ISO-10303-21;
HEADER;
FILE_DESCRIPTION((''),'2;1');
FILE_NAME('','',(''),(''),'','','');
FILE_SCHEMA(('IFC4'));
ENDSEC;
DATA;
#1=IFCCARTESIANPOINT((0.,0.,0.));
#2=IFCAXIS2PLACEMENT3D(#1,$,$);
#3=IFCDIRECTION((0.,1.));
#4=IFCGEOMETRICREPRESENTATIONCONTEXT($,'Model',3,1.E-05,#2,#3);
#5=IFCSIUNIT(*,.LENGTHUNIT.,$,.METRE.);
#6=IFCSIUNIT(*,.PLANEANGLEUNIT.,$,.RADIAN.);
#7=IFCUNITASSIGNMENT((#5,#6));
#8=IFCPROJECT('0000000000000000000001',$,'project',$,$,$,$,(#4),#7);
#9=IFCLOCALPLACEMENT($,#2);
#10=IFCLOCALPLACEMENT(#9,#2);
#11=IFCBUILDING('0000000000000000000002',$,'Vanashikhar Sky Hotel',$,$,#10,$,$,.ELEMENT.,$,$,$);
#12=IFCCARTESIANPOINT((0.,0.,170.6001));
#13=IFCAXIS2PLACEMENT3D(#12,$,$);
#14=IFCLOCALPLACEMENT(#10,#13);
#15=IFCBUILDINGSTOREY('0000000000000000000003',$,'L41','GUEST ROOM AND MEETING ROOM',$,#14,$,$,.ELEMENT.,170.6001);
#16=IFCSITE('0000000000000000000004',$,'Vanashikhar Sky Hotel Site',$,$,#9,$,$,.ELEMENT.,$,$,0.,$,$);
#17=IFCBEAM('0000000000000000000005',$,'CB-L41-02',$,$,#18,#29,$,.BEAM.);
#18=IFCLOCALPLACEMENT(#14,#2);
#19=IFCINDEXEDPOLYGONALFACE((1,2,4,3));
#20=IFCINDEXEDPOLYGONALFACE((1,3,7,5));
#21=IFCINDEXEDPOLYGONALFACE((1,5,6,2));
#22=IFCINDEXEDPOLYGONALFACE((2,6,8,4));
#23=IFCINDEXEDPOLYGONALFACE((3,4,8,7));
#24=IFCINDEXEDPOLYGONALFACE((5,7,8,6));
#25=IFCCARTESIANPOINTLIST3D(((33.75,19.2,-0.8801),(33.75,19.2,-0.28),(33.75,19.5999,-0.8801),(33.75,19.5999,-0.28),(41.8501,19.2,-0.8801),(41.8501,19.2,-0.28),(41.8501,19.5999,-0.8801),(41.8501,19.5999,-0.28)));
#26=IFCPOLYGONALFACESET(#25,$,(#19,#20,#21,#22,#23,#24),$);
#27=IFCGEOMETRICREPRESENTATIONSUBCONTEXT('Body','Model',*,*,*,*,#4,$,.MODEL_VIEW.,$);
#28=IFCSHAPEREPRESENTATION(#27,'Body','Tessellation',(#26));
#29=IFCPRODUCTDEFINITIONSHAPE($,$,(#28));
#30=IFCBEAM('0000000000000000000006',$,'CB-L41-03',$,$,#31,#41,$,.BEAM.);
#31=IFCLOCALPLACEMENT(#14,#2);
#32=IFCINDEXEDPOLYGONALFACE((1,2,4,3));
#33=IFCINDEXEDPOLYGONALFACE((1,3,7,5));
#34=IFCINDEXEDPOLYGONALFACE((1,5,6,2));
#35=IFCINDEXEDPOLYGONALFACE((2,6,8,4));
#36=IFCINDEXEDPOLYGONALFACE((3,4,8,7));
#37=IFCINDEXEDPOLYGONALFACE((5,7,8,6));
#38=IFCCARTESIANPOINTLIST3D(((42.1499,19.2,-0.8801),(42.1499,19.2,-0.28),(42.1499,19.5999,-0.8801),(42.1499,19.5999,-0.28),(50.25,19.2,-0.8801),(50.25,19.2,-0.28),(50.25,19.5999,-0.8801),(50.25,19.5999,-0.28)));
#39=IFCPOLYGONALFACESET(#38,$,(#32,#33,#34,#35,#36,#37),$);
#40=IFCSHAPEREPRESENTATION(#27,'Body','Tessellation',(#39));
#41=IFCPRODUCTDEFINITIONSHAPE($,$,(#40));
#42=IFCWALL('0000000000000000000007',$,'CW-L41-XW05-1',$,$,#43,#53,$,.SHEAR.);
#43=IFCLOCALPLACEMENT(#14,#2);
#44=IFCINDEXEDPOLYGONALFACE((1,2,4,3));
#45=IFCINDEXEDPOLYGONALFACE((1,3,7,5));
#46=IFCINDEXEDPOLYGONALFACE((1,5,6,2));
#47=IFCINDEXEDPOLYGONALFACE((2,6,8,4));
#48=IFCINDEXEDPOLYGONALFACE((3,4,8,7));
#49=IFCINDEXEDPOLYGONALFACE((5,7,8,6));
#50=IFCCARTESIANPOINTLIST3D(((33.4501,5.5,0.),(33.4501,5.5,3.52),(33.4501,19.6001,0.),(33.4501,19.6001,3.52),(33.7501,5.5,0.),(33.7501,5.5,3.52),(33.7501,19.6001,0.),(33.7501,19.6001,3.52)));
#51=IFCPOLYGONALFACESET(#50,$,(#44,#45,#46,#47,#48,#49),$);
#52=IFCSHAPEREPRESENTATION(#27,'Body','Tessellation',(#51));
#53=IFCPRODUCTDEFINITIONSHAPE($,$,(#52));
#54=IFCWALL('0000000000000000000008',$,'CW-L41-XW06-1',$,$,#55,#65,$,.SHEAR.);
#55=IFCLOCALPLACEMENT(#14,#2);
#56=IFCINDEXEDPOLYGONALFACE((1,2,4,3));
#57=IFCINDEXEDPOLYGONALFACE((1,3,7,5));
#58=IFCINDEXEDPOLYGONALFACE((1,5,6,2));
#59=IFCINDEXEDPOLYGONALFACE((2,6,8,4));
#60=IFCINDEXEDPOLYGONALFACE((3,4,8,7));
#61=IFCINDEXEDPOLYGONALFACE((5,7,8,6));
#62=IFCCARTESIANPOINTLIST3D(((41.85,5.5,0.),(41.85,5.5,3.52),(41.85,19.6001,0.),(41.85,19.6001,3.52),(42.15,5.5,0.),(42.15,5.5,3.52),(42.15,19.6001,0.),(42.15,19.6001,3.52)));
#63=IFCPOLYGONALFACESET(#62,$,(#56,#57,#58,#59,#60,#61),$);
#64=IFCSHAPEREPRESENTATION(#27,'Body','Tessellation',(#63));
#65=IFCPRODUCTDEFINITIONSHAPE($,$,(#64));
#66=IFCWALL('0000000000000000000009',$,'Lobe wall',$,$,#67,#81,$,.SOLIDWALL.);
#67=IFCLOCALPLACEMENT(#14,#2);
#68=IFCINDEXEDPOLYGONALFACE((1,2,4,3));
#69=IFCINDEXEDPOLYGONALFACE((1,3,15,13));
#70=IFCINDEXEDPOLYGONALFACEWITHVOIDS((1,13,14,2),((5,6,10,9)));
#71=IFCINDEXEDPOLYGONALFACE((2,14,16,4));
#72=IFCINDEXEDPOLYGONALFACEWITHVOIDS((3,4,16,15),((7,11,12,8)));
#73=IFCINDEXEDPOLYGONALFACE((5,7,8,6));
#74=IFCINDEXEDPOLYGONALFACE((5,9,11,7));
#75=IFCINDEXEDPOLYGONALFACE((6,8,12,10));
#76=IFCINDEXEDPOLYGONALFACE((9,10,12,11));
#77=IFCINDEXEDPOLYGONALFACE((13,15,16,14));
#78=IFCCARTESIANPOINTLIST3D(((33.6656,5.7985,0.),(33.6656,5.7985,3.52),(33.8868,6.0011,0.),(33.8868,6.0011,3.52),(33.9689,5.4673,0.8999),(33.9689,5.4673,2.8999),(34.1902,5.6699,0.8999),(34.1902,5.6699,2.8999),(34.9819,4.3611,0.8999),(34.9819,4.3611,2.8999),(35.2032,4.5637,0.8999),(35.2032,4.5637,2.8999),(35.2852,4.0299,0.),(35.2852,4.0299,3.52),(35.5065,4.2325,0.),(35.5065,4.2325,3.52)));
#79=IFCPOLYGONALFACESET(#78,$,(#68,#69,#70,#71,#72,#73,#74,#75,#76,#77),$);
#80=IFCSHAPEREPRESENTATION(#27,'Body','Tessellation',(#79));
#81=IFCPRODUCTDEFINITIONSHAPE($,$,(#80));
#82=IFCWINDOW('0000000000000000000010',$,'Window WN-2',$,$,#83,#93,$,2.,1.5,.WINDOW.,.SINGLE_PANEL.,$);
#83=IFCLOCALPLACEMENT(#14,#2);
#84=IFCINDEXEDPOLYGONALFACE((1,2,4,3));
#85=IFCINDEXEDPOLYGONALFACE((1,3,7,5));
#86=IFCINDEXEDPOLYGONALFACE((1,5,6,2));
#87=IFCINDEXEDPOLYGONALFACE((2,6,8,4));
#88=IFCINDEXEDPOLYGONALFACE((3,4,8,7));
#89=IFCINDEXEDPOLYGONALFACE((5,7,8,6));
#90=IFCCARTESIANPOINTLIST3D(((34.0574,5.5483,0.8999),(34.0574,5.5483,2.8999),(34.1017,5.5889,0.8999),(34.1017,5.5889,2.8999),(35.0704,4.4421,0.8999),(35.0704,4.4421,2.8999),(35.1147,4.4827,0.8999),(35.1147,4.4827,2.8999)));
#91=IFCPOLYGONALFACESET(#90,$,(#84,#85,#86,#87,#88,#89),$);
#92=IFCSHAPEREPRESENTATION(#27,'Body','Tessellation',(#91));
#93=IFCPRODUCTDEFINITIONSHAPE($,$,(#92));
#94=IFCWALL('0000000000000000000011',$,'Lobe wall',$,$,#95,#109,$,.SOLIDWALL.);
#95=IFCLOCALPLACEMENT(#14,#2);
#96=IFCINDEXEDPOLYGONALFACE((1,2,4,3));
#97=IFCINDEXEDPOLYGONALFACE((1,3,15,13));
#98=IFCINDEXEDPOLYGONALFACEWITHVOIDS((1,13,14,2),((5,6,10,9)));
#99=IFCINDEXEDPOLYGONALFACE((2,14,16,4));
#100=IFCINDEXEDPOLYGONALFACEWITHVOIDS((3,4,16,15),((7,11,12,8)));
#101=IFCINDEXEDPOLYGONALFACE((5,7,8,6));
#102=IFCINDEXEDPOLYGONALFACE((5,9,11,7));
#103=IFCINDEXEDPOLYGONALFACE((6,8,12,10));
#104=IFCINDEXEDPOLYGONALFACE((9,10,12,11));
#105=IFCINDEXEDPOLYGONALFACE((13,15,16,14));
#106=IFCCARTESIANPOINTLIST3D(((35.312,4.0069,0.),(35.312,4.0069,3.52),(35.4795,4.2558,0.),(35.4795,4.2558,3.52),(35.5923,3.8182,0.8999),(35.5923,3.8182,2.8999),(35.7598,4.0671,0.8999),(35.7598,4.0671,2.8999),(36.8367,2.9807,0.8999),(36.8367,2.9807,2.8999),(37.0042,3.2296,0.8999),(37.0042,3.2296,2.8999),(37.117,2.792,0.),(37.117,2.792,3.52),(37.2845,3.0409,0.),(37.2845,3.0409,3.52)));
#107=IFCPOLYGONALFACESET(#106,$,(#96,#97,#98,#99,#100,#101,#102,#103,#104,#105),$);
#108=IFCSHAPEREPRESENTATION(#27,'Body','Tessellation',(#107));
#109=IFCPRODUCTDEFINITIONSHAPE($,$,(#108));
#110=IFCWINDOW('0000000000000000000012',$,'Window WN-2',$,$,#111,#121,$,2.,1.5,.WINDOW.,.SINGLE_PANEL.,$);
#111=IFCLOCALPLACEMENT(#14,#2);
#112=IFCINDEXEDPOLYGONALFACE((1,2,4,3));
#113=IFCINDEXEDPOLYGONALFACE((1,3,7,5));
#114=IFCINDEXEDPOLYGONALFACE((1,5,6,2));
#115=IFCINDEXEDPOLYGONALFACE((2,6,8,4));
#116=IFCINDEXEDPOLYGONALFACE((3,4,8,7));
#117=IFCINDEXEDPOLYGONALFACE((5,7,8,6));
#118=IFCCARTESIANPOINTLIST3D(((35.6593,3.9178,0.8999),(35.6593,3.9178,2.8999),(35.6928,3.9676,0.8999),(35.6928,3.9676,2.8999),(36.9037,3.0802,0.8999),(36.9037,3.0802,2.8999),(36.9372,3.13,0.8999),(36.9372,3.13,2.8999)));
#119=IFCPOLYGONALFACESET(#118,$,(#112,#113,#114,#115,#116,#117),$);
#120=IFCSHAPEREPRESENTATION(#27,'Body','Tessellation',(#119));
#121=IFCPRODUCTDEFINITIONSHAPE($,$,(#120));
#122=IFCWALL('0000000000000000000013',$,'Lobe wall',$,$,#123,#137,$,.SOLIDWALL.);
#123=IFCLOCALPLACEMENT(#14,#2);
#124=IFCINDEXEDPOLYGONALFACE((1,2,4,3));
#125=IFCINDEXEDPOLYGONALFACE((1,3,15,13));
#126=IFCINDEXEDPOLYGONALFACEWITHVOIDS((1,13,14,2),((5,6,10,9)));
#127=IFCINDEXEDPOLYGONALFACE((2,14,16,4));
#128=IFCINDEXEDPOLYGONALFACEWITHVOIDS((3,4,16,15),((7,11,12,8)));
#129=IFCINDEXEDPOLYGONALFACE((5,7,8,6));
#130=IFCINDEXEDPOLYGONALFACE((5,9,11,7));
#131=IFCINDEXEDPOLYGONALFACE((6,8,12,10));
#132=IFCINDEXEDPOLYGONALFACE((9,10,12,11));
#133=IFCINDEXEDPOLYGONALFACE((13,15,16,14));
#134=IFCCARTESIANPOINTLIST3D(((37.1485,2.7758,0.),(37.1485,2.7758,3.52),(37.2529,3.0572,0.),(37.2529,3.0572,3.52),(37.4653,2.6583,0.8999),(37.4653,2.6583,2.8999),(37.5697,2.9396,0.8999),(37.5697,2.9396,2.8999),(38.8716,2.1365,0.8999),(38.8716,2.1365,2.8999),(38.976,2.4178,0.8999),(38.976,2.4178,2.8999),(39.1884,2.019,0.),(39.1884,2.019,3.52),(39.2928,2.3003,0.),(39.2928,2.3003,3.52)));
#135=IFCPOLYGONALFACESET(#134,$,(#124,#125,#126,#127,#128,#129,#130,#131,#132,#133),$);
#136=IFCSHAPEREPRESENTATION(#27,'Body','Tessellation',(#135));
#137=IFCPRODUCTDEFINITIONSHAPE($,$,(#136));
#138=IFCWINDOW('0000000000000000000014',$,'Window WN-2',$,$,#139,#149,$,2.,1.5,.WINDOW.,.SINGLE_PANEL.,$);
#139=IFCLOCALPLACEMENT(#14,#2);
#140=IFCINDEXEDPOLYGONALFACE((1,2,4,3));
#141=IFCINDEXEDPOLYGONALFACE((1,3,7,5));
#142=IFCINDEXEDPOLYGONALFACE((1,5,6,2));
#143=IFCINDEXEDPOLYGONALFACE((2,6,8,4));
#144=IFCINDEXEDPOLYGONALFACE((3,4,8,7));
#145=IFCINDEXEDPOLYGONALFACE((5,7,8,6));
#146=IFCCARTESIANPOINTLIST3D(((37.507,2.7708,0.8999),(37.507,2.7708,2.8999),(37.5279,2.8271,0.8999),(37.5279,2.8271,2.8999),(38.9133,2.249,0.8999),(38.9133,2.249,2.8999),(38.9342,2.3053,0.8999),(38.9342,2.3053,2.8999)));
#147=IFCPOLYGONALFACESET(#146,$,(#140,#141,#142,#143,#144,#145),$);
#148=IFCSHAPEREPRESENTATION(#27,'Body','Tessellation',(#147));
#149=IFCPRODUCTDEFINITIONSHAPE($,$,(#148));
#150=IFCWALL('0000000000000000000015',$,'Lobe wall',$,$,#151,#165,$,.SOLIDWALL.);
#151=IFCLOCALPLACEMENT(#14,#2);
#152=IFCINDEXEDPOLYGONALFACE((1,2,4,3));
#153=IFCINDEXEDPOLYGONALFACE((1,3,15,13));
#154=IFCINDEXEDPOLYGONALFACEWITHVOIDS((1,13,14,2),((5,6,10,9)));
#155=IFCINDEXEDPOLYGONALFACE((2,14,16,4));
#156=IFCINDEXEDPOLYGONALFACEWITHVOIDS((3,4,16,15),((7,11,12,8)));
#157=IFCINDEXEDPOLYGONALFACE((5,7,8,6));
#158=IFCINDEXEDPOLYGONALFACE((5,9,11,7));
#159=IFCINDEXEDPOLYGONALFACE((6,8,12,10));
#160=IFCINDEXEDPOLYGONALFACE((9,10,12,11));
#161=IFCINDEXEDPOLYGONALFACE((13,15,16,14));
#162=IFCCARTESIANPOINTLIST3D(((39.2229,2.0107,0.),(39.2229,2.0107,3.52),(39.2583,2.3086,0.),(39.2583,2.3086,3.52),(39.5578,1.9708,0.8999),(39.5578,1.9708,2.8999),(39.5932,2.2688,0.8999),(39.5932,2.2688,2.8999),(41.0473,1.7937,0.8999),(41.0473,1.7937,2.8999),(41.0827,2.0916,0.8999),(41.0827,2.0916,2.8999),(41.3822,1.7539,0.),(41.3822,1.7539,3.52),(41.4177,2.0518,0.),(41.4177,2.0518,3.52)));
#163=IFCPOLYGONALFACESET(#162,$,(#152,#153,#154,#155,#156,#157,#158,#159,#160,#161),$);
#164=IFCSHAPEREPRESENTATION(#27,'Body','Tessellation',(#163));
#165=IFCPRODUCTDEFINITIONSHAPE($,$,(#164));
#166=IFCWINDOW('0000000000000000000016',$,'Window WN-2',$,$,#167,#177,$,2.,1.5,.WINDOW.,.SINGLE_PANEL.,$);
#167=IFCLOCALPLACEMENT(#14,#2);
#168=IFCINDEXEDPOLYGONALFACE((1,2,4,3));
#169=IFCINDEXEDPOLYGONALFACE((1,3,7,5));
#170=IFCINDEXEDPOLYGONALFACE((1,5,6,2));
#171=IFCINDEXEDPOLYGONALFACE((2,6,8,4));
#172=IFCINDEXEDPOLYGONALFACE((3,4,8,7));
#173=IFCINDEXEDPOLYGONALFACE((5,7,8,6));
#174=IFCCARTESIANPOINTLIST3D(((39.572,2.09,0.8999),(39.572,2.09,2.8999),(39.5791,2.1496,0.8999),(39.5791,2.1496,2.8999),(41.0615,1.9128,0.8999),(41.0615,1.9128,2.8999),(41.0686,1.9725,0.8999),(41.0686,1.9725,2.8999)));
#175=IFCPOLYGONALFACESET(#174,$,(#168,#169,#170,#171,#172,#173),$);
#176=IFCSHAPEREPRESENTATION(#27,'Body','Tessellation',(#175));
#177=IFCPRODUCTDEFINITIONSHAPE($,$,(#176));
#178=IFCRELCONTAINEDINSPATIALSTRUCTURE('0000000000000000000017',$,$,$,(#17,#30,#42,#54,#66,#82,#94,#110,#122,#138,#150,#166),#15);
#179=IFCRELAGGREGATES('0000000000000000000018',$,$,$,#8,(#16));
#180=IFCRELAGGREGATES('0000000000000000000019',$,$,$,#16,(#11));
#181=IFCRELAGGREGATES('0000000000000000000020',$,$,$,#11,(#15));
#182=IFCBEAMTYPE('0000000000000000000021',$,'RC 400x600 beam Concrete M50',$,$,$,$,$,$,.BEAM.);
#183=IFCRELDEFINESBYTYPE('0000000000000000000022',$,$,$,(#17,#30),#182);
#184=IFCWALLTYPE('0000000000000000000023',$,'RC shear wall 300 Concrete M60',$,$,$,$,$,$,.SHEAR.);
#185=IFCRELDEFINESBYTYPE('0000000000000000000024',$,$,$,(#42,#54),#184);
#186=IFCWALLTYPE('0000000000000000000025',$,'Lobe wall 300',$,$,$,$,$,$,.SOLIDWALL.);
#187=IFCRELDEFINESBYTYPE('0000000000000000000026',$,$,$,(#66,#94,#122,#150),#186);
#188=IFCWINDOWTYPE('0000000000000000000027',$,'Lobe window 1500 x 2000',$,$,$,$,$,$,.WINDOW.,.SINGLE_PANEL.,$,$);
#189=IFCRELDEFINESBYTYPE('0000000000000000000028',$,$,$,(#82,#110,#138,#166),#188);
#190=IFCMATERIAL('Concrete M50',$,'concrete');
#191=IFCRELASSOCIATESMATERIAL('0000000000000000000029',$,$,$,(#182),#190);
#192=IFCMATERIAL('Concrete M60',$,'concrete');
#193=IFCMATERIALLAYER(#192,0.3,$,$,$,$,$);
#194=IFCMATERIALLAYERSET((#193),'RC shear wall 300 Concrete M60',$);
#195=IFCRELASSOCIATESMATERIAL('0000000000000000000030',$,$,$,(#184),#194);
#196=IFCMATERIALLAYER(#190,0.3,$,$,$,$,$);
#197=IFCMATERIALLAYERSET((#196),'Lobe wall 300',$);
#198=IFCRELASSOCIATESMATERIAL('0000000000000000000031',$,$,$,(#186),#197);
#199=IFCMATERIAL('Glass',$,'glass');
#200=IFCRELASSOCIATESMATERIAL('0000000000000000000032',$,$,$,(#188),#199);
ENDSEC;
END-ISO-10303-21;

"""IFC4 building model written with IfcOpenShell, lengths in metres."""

from ifc_helpers import new_model, si_unit, direction, frame, frame_2d, origin, origin_2d, place, context, subcontext, project, spatial, rectangle, extrude, source, transform, mapped, material, layer, layer_set, material_profile, profile_set, type_object, element, fill, save


model = new_model("IFC4")

# Units and contexts
model_context = context("Model", 3, precision=1e-05, world=origin(), true_north=direction((0.0, 1.0)))
body_context = subcontext(model_context, "Body", "Model", "MODEL_VIEW")
ifc_project = project(units=[si_unit("LENGTHUNIT", "METRE"), si_unit("PLANEANGLEUNIT", "RADIAN")], contexts=[model_context])

# Site, building, storey
site_placement = place(None, origin())
site = spatial("IfcSite", under=ifc_project, at=site_placement, Name="Vanashikhar Sky Hotel Site", CompositionType="ELEMENT", RefElevation=0.0)
building_placement = place(site_placement, origin())
building = spatial("IfcBuilding", under=site, at=building_placement, Name="Vanashikhar Sky Hotel", CompositionType="ELEMENT")
storey_placement = place(building_placement, frame((0.0, 0.0, 170.6001)))
storey = spatial("IfcBuildingStorey", under=building, at=storey_placement, Name="L41", Description="GUEST ROOM AND MEETING ROOM", CompositionType="ELEMENT", Elevation=170.6001)

# Beams
ifc_material_1 = material(Name="Concrete M50", Category="concrete")
ifc_material_profile_1 = material_profile(ifc_material_1, rectangle(XDim=0.3999, YDim=0.6001, at=origin_2d()))
ifc_profile_set_1 = profile_set([ifc_material_profile_1], Name="RC 400x600 beam Concrete M50")
beam_type = type_object("IfcBeamType", Name="RC 400x600 beam Concrete M50", PredefinedType="BEAM", material=ifc_profile_set_1)
shared_shape_1 = source(origin(), body_context, "Body", "SweptSolid", [
    extrude(rectangle(XDim=0.3999, YDim=0.6001, at=origin_2d()), origin(), (0.0, 0.0, 1.0), 8.1001),
])
for number, where, z_axis, x_axis, name in (
    (1, (33.75, 19.3999, -0.5801), (1.0, 0.0, 0.0), (0.0, 1.0, 0.0), "CB-L41-02"),
    (2, (42.1499, 19.3999, -0.5801), (1.0, 0.0, 0.0), (0.0, 1.0, 0.0), "CB-L41-03"),
):
    element("IfcBeam", number, at=place(storey_placement, frame(where, z_axis=z_axis, x_axis=x_axis)), inside=storey, type_object=beam_type, Name=name, PredefinedType="BEAM", context=body_context, shape_type="MappedRepresentation", body=[
        mapped(shared_shape_1, transform((0.0, 0.0, 0.0), scale=1.0)),
    ])

# Walls
ifc_material_2 = material(Name="Concrete M60", Category="concrete")
ifc_layer_1 = layer(ifc_material_2, 0.3)
ifc_layer_set_1 = layer_set([ifc_layer_1], Name="RC shear wall 300 Concrete M60")
wall_type_1 = type_object("IfcWallType", Name="RC shear wall 300 Concrete M60", PredefinedType="SHEAR", material=ifc_layer_set_1)
shared_shape_2 = source(origin(), body_context, "Body", "SweptSolid", [
    extrude(rectangle(XDim=14.1001, YDim=0.3, at=frame_2d((7.05, 0.0))), origin(), (0.0, 0.0, 1.0), 3.52),
])
for number, where, z_axis, x_axis, name in (
    (3, (33.6001, 5.5, 0.0), (0.0, 0.0, 1.0), (0.0, 1.0, 0.0), "CW-L41-XW05-1"),
    (4, (42.0, 5.5, 0.0), (0.0, 0.0, 1.0), (0.0, 1.0, 0.0), "CW-L41-XW06-1"),
):
    element("IfcWall", number, at=place(storey_placement, frame(where, z_axis=z_axis, x_axis=x_axis)), inside=storey, type_object=wall_type_1, Name=name, PredefinedType="SHEAR", context=body_context, shape_type="MappedRepresentation", body=[
        mapped(shared_shape_2, transform((0.0, 0.0, 0.0), scale=1.0)),
    ])

# Walls, openings, windows
ifc_layer_2 = layer(ifc_material_1, 0.3)
ifc_layer_set_2 = layer_set([ifc_layer_2], Name="Lobe wall 300")
wall_type_2 = type_object("IfcWallType", Name="Lobe wall 300", PredefinedType="SOLIDWALL", material=ifc_layer_set_2)
shared_shape_3 = source(origin(), body_context, "Body", "SweptSolid", [
    extrude(rectangle(XDim=2.3982, YDim=0.3, at=frame_2d((1.1992, 0.0))), origin(), (0.0, 0.0, 1.0), 3.52),
])
wall_1_placement = place(storey_placement, frame((33.7761, 5.8999, 0.0), z_axis=(0.0, 0.0, 1.0), x_axis=(0.675374, -0.737475, 0.0)))
wall_1 = element("IfcWall", 5, at=wall_1_placement, inside=storey, type_object=wall_type_2, Name="Lobe wall", PredefinedType="SOLIDWALL", context=body_context, shape_type="MappedRepresentation", body=[
    mapped(shared_shape_3, transform((0.0, 0.0, 0.0), scale=1.0)),
])
shared_shape_4 = source(origin(), body_context, "Body", "SweptSolid", [
    extrude(rectangle(XDim=1.5, YDim=2.0, at=frame_2d((0.75, 1.0))), frame((0.0, 0.1602, 0.0), z_axis=(0.0, -1.0, 0.0), x_axis=(1.0, 0.0, 0.0)), (0.0, 0.0, 1.0), 0.3201),
])
opening_1_placement = place(wall_1_placement, frame((0.4492, 0.0, 0.8999)))
opening_1 = element("IfcOpeningElement", 6, at=opening_1_placement, cuts=wall_1, PredefinedType="OPENING", context=body_context, shape_type="MappedRepresentation", body=[
    mapped(shared_shape_4, transform((0.0, 0.0, 0.0), scale=1.0)),
])
ifc_material_3 = material(Name="Glass", Category="glass")
window_type = type_object("IfcWindowType", Name="Lobe window 1500 x 2000", PartitioningType="SINGLE_PANEL", PredefinedType="WINDOW", material=ifc_material_3)
shared_shape_5 = source(origin(), body_context, "Body", "SweptSolid", [
    extrude(rectangle(XDim=1.5, YDim=2.0, at=frame_2d((0.75, 1.0))), frame((0.0, 0.03, 0.0), z_axis=(0.0, -1.0, 0.0), x_axis=(1.0, 0.0, 0.0)), (0.0, 0.0, 1.0), 0.0601),
])
window_1_placement = place(opening_1_placement, origin())
window_1 = element("IfcWindow", 7, at=window_1_placement, inside=storey, type_object=window_type, Name="Window WN-2", OverallHeight=2.0, OverallWidth=1.5, PartitioningType="SINGLE_PANEL", PredefinedType="WINDOW", context=body_context, shape_type="MappedRepresentation", body=[
    mapped(shared_shape_5, transform((0.0, 0.0, 0.0), scale=1.0)),
])
fill(opening_1, window_1)
shared_shape_6 = source(origin(), body_context, "Body", "SweptSolid", [
    extrude(rectangle(XDim=2.1758, YDim=0.3, at=frame_2d((1.0879, 0.0))), origin(), (0.0, 0.0, 1.0), 3.52),
])
wall_2_placement = place(storey_placement, frame((35.3958, 4.1313, 0.0), z_axis=(0.0, 0.0, 1.0), x_axis=(0.829591, -0.558372, 0.0)))
wall_2 = element("IfcWall", 8, at=wall_2_placement, inside=storey, type_object=wall_type_2, Name="Lobe wall", PredefinedType="SOLIDWALL", context=body_context, shape_type="MappedRepresentation", body=[
    mapped(shared_shape_6, transform((0.0, 0.0, 0.0), scale=1.0)),
])
opening_2_placement = place(wall_2_placement, frame((0.3379, 0.0, 0.8999)))
opening_2 = element("IfcOpeningElement", 9, at=opening_2_placement, cuts=wall_2, PredefinedType="OPENING", context=body_context, shape_type="MappedRepresentation", body=[
    mapped(shared_shape_4, transform((0.0, 0.0, 0.0), scale=1.0)),
])
window_2_placement = place(opening_2_placement, origin())
window_2 = element("IfcWindow", 10, at=window_2_placement, inside=storey, type_object=window_type, Name="Window WN-2", OverallHeight=2.0, OverallWidth=1.5, PartitioningType="SINGLE_PANEL", PredefinedType="WINDOW", context=body_context, shape_type="MappedRepresentation", body=[
    mapped(shared_shape_5, transform((0.0, 0.0, 0.0), scale=1.0)),
])
fill(opening_2, window_2)
wall_3_placement = place(storey_placement, frame((37.2007, 2.9165, 0.0), z_axis=(0.0, 0.0, 1.0), x_axis=(0.937546, -0.347863, 0.0)))
wall_3 = element("IfcWall", 11, at=wall_3_placement, inside=storey, type_object=wall_type_2, Name="Lobe wall", PredefinedType="SOLIDWALL", context=body_context, shape_type="MappedRepresentation", body=[
    mapped(shared_shape_6, transform((0.0, 0.0, 0.0), scale=1.0)),
])
opening_3_placement = place(wall_3_placement, frame((0.3379, 0.0, 0.8999)))
opening_3 = element("IfcOpeningElement", 12, at=opening_3_placement, cuts=wall_3, PredefinedType="OPENING", context=body_context, shape_type="MappedRepresentation", body=[
    mapped(shared_shape_4, transform((0.0, 0.0, 0.0), scale=1.0)),
])
window_3_placement = place(opening_3_placement, origin())
window_3 = element("IfcWindow", 13, at=window_3_placement, inside=storey, type_object=window_type, Name="Window WN-2", OverallHeight=2.0, OverallWidth=1.5, PartitioningType="SINGLE_PANEL", PredefinedType="WINDOW", context=body_context, shape_type="MappedRepresentation", body=[
    mapped(shared_shape_5, transform((0.0, 0.0, 0.0), scale=1.0)),
])
fill(opening_3, window_3)
shared_shape_7 = source(origin(), body_context, "Body", "SweptSolid", [
    extrude(rectangle(XDim=2.1746, YDim=0.3, at=frame_2d((1.0874, 0.0))), origin(), (0.0, 0.0, 1.0), 3.52),
])
wall_4_placement = place(storey_placement, frame((39.2405, 2.1597, 0.0), z_axis=(0.0, 0.0, 1.0), x_axis=(0.993001, -0.118105, 0.0)))
wall_4 = element("IfcWall", 14, at=wall_4_placement, inside=storey, type_object=wall_type_2, Name="Lobe wall", PredefinedType="SOLIDWALL", context=body_context, shape_type="MappedRepresentation", body=[
    mapped(shared_shape_7, transform((0.0, 0.0, 0.0), scale=1.0)),
])
opening_4_placement = place(wall_4_placement, frame((0.3374, 0.0, 0.8999)))
opening_4 = element("IfcOpeningElement", 15, at=opening_4_placement, cuts=wall_4, PredefinedType="OPENING", context=body_context, shape_type="MappedRepresentation", body=[
    mapped(shared_shape_4, transform((0.0, 0.0, 0.0), scale=1.0)),
])
window_4_placement = place(opening_4_placement, origin())
window_4 = element("IfcWindow", 16, at=window_4_placement, inside=storey, type_object=window_type, Name="Window WN-2", OverallHeight=2.0, OverallWidth=1.5, PartitioningType="SINGLE_PANEL", PredefinedType="WINDOW", context=body_context, shape_type="MappedRepresentation", body=[
    mapped(shared_shape_5, transform((0.0, 0.0, 0.0), scale=1.0)),
])
fill(opening_4, window_4)

save(model, "model.ifc")
